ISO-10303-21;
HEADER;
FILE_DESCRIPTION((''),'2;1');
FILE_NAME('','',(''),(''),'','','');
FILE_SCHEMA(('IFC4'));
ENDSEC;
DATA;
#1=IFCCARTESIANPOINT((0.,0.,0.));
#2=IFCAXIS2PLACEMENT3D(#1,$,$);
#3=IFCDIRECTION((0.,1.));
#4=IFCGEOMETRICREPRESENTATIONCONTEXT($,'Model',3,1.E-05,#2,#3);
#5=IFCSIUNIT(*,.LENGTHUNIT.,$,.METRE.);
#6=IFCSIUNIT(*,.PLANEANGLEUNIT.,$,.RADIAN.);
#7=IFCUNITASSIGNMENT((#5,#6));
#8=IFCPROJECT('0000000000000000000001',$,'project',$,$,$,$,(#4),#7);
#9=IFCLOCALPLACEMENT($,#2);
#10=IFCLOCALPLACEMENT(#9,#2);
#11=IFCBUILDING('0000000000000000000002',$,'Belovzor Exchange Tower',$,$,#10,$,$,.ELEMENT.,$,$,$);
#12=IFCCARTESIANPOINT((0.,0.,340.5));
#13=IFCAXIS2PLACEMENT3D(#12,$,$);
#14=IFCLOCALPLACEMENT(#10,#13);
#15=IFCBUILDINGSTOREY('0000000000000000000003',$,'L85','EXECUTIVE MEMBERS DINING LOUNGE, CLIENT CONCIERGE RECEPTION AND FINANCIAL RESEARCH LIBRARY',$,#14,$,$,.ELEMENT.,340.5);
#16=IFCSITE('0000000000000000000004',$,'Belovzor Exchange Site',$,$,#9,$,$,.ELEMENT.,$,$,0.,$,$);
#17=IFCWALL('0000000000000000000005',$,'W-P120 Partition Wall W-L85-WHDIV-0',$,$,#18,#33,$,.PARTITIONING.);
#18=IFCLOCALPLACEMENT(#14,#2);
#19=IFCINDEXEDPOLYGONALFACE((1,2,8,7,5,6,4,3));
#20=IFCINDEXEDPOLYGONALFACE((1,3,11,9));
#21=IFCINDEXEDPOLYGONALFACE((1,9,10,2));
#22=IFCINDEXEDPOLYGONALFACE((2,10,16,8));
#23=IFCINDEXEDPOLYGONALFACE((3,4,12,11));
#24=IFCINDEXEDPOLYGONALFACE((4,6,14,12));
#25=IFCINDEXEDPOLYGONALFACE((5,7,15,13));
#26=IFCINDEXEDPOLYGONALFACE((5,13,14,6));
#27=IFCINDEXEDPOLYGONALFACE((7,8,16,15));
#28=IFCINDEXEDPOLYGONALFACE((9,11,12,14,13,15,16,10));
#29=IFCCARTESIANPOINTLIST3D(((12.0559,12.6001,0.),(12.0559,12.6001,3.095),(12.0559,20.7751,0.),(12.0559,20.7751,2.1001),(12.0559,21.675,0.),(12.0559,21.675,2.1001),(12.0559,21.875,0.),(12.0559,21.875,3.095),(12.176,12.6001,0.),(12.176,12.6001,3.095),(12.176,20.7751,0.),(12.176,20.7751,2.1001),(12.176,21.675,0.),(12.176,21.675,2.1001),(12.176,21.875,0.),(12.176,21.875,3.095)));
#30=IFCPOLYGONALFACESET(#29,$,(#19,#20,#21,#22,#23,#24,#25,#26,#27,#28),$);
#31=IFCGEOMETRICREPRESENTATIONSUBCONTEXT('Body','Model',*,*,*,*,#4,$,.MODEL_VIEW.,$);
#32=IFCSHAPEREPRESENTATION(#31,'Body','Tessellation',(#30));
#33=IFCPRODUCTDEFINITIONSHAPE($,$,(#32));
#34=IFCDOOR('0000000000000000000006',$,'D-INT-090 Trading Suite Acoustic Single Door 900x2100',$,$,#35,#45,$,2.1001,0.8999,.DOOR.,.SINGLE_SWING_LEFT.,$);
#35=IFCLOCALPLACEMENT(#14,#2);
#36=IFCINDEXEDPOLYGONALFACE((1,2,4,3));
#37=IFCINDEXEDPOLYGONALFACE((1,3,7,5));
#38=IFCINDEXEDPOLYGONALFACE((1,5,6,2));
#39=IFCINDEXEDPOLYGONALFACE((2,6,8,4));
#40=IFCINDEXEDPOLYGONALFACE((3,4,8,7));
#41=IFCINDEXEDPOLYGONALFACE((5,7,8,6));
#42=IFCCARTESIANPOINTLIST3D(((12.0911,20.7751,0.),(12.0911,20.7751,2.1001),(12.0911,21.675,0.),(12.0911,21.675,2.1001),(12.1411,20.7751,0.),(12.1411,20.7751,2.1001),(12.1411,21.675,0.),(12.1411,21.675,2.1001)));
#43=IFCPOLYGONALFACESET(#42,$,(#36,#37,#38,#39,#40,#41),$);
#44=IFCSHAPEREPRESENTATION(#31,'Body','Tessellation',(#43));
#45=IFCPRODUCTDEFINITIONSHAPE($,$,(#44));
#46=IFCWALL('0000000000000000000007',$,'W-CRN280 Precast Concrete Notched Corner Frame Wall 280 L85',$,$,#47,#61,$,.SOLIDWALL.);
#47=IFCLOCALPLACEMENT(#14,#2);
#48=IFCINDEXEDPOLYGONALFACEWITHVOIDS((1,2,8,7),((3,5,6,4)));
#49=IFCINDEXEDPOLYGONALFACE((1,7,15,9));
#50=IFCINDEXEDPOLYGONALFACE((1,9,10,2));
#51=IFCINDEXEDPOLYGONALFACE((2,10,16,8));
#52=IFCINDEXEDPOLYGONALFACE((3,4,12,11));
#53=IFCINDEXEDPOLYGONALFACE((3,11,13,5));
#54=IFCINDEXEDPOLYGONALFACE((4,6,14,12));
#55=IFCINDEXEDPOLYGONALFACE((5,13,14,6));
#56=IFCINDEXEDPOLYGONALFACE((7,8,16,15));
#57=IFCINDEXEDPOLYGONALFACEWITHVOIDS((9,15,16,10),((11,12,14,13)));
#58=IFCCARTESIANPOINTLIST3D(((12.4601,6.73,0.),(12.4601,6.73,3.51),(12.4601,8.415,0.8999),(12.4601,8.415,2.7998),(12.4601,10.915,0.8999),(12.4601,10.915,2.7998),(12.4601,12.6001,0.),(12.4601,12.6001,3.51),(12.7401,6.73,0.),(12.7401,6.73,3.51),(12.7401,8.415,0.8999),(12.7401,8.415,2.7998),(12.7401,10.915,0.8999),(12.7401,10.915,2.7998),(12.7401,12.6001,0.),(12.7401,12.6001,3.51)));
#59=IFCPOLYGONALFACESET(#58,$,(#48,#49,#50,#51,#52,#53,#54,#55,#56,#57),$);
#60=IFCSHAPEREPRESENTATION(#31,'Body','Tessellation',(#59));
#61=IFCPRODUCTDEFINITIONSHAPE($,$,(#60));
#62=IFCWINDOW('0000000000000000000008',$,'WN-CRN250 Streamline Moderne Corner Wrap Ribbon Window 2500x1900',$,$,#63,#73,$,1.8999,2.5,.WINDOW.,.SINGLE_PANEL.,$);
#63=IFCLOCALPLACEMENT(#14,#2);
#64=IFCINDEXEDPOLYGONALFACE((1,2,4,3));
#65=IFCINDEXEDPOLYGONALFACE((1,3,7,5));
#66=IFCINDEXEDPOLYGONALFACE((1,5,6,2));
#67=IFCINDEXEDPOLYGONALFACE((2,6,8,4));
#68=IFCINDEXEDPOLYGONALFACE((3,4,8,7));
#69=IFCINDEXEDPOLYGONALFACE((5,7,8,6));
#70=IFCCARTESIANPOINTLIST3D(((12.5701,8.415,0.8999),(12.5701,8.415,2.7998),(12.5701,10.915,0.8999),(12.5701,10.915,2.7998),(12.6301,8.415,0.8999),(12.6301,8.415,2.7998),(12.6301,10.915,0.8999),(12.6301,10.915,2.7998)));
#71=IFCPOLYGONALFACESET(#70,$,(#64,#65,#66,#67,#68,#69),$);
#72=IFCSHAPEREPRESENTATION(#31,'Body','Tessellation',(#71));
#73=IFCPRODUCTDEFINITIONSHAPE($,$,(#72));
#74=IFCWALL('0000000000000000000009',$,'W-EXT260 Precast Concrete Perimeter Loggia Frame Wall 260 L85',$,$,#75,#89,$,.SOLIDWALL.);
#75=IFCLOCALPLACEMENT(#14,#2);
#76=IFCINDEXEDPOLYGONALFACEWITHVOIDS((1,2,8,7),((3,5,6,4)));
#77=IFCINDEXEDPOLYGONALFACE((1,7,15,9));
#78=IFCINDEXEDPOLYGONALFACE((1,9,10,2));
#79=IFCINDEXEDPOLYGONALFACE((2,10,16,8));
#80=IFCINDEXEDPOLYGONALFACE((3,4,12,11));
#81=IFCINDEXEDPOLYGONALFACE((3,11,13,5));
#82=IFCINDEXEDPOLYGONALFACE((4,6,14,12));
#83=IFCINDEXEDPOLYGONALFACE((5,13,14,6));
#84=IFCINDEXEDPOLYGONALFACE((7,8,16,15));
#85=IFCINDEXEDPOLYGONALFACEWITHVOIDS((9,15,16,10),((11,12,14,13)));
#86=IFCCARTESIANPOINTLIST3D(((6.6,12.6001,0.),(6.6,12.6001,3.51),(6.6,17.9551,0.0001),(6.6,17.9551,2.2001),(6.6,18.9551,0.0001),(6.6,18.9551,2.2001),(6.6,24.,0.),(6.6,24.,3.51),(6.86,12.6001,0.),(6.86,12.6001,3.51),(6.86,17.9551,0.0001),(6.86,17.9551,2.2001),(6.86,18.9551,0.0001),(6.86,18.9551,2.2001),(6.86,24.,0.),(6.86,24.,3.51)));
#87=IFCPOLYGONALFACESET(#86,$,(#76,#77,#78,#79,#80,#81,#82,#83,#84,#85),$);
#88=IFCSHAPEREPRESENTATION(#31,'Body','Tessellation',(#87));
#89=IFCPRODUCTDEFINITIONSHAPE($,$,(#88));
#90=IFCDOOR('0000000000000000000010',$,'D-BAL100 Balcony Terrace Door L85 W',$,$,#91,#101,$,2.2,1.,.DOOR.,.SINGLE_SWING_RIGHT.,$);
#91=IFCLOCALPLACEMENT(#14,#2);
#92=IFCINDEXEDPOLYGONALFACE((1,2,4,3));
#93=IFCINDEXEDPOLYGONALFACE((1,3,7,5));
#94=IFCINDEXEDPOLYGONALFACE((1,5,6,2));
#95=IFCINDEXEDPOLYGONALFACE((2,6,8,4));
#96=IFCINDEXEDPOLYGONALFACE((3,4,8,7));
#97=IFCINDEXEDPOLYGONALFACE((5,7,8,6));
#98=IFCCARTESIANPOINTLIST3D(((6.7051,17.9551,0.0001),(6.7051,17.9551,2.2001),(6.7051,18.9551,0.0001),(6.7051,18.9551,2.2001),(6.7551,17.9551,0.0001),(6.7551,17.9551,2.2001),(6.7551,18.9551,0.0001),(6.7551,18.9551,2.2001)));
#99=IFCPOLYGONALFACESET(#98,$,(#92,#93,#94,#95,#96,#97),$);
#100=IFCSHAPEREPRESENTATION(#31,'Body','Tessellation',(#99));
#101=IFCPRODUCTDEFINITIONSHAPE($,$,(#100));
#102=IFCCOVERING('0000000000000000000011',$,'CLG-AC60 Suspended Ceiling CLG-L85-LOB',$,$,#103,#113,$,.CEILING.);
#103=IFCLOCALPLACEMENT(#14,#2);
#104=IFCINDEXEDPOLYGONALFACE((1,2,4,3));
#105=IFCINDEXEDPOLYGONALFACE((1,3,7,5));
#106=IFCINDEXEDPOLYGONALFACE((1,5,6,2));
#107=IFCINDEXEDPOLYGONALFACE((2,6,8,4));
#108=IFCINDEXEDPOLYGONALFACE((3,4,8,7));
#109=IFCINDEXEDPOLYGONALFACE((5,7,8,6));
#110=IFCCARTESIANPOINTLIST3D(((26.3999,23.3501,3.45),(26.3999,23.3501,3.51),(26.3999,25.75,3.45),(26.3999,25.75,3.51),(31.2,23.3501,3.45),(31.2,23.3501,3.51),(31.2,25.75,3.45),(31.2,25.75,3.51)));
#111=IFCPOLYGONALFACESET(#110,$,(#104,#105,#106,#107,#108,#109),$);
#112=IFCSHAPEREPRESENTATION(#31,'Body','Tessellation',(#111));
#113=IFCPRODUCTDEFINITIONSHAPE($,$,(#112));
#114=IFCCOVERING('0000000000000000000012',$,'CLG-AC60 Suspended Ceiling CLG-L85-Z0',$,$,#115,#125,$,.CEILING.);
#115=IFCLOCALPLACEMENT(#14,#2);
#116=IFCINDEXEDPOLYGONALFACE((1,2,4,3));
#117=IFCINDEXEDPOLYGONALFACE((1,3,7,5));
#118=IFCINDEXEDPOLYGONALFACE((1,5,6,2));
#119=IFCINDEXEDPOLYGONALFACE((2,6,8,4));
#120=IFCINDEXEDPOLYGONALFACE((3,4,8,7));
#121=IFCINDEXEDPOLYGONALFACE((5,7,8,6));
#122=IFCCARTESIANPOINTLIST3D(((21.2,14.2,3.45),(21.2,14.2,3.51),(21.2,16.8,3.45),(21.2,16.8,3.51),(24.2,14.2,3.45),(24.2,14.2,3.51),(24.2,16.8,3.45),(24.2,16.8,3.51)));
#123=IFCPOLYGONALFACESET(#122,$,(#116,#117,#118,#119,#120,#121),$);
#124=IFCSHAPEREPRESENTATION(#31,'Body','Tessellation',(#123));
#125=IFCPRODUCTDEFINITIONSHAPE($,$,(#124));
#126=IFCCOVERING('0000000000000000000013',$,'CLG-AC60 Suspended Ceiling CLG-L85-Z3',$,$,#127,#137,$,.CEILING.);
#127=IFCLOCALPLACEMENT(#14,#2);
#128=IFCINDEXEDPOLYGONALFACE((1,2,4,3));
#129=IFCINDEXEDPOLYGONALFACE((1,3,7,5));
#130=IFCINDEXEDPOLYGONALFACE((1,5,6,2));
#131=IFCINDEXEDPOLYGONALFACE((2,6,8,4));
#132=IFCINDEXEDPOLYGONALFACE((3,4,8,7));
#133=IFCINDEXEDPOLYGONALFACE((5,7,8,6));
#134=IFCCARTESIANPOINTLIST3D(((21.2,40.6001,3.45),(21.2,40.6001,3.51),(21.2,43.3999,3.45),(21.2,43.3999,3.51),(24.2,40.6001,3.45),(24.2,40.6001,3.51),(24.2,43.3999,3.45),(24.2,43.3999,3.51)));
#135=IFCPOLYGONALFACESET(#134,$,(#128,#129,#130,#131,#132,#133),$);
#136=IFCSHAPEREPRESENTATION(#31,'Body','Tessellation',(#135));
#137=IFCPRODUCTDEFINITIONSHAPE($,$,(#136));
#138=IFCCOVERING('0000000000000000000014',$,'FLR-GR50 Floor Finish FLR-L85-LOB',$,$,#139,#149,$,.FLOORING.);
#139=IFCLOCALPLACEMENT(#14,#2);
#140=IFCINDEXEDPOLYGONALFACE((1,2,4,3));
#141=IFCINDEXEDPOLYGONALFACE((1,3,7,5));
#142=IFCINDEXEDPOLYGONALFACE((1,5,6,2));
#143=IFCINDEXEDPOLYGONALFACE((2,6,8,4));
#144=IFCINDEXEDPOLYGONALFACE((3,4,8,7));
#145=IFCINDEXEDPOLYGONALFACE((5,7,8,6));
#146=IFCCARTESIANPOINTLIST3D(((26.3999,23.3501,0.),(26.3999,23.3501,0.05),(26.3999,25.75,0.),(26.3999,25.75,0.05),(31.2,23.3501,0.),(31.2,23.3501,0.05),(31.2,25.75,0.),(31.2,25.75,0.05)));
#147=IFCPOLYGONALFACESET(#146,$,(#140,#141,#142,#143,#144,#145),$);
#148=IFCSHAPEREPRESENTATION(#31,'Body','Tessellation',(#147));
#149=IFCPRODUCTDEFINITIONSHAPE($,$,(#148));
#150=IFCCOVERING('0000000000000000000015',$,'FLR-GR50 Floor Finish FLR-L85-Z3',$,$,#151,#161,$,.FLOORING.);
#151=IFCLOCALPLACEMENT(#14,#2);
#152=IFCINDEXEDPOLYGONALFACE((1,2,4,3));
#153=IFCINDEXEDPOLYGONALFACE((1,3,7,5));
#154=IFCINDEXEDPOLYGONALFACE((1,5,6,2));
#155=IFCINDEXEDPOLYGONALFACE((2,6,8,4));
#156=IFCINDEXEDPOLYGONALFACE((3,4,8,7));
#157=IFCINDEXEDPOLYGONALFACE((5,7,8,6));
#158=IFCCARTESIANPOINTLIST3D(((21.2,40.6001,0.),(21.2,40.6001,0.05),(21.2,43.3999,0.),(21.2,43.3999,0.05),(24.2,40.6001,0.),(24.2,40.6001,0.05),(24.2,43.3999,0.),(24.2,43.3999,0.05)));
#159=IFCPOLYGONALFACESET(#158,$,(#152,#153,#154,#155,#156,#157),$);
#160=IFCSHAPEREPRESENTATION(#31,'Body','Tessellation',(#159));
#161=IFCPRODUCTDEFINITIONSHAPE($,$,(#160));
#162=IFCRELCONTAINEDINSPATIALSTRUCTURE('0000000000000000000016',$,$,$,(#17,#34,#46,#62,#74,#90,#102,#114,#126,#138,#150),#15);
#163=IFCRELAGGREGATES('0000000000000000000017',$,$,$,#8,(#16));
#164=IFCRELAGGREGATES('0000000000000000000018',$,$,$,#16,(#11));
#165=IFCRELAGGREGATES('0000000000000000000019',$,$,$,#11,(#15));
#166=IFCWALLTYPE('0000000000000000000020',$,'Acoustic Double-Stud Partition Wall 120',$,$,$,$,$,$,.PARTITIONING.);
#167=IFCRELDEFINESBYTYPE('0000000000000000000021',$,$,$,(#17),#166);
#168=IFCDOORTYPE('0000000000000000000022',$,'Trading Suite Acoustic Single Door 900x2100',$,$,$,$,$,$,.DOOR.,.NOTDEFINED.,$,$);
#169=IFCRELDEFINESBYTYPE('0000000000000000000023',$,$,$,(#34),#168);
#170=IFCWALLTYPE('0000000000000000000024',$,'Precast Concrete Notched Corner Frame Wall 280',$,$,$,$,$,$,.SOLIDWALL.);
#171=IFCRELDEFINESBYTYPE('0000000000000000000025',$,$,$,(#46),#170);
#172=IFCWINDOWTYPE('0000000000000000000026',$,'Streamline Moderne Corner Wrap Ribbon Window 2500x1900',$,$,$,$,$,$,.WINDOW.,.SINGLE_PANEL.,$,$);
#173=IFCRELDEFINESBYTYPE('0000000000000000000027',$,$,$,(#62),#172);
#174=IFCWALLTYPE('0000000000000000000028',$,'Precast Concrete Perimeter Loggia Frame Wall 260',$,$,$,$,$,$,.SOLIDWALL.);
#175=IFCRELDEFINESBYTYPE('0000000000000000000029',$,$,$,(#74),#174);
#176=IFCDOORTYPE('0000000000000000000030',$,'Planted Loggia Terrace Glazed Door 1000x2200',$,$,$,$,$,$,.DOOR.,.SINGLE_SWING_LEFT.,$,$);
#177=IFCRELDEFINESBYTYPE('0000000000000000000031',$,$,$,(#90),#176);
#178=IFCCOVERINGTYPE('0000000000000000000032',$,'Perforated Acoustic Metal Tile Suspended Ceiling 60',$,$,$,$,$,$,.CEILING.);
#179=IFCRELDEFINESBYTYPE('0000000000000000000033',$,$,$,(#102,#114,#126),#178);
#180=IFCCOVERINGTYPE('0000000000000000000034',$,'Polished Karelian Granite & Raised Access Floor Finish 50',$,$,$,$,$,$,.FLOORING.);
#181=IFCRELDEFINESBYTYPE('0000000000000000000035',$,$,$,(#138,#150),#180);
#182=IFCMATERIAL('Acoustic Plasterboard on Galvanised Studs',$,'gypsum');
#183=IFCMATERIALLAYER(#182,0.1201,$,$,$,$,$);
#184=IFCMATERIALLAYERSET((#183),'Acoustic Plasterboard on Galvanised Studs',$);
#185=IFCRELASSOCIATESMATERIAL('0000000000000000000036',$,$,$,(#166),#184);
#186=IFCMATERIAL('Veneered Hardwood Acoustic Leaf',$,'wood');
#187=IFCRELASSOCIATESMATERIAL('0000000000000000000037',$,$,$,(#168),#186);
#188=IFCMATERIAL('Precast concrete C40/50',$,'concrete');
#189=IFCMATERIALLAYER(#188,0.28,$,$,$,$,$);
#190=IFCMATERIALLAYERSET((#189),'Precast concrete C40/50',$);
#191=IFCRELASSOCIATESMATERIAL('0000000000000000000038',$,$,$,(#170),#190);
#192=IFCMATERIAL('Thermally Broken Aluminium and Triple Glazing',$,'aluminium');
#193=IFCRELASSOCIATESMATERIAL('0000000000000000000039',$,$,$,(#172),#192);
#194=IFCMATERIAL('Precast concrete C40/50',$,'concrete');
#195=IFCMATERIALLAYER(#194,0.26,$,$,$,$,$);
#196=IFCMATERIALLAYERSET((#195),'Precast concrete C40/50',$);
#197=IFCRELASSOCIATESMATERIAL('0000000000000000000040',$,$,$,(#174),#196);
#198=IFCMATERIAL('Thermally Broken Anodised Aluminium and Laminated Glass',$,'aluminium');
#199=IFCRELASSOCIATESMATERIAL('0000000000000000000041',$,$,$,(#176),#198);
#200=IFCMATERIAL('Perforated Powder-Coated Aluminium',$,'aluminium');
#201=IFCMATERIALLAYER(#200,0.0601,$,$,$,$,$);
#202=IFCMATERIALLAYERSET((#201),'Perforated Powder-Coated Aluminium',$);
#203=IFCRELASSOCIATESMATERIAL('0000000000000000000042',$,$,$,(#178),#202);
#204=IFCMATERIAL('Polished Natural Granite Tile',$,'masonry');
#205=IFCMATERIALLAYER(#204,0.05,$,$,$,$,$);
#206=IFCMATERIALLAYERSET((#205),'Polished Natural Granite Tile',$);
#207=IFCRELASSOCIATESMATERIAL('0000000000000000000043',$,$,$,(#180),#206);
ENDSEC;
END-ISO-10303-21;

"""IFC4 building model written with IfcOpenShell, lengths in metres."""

from ifc_helpers import new_model, si_unit, direction, frame, frame_2d, origin, place, context, subcontext, project, spatial, polyline, rectangle, outline, extrude, material, layer, layer_set, type_object, element, fill, save


model = new_model("IFC4")

# Units and contexts
model_context = context("Model", 3, precision=1e-05, world=origin(), true_north=direction((0.0, 1.0)))
body_context = subcontext(model_context, "Body", "Model", "MODEL_VIEW")
ifc_project = project(units=[si_unit("LENGTHUNIT", "METRE"), si_unit("PLANEANGLEUNIT", "RADIAN")], contexts=[model_context])

# Site, building, storey
site_placement = place(None, origin())
site = spatial("IfcSite", under=ifc_project, at=site_placement, Name="Belovzor Exchange Site", CompositionType="ELEMENT", RefElevation=0.0)
building_placement = place(site_placement, origin())
building = spatial("IfcBuilding", under=site, at=building_placement, Name="Belovzor Exchange Tower", CompositionType="ELEMENT")
storey_placement = place(building_placement, frame((0.0, 0.0, 340.5)))
storey = spatial("IfcBuildingStorey", under=building, at=storey_placement, Name="L85", Description="EXECUTIVE MEMBERS DINING LOUNGE, CLIENT CONCIERGE RECEPTION AND FINANCIAL RESEARCH LIBRARY", CompositionType="ELEMENT", Elevation=340.5)

# Wall, opening, door
ifc_material_1 = material(Name="Acoustic Plasterboard on Galvanised Studs", Category="gypsum")
ifc_layer_1 = layer(ifc_material_1, 0.1201)
ifc_layer_set_1 = layer_set([ifc_layer_1], Name="Acoustic Plasterboard on Galvanised Studs")
wall_type_1 = type_object("IfcWallType", Name="Acoustic Double-Stud Partition Wall 120", PredefinedType="PARTITIONING", material=ifc_layer_set_1)
wall_1_placement = place(storey_placement, frame((12.116, 12.6001, 0.0), z_axis=(0.0, 0.0, 1.0), x_axis=(0.0, 1.0, 0.0)))
wall_1 = element("IfcWall", 1, at=wall_1_placement, inside=storey, type_object=wall_type_1, Name="W-P120 Partition Wall W-L85-WHDIV-0", PredefinedType="PARTITIONING", context=body_context, shape_type="SweptSolid", body=[
    extrude(rectangle(XDim=9.2749, YDim=0.1201, at=frame_2d((4.6375, 0.0))), origin(), (0.0, 0.0, 1.0), 3.095),
])
opening_1_placement = place(wall_1_placement, frame((8.175, 0.0, 0.0)))
opening_1 = element("IfcOpeningElement", 2, at=opening_1_placement, cuts=wall_1, PredefinedType="OPENING", context=body_context, shape_type="SweptSolid", body=[
    extrude(rectangle(XDim=0.8999, YDim=2.1001, at=frame_2d((0.45, 1.05))), frame((0.0, 0.0701, 0.0), z_axis=(0.0, -1.0, 0.0), x_axis=(1.0, 0.0, 0.0)), (0.0, 0.0, 1.0), 0.1401),
])
ifc_material_2 = material(Name="Veneered Hardwood Acoustic Leaf", Category="wood")
door_type_1 = type_object("IfcDoorType", Name="Trading Suite Acoustic Single Door 900x2100", OperationType="NOTDEFINED", PredefinedType="DOOR", material=ifc_material_2)
door_1_placement = place(opening_1_placement, origin())
door_1 = element("IfcDoor", 3, at=door_1_placement, inside=storey, type_object=door_type_1, Name="D-INT-090 Trading Suite Acoustic Single Door 900x2100", OperationType="SINGLE_SWING_LEFT", OverallHeight=2.1001, OverallWidth=0.8999, PredefinedType="DOOR", context=body_context, shape_type="SweptSolid", body=[
    extrude(rectangle(XDim=0.8999, YDim=2.1001, at=frame_2d((0.45, 1.05))), frame((0.0, 0.0249, 0.0), z_axis=(0.0, -1.0, 0.0), x_axis=(1.0, 0.0, 0.0)), (0.0, 0.0, 1.0), 0.05),
])
fill(opening_1, door_1)

# Wall, opening, window
ifc_material_3 = material(Name="Precast concrete C40/50", Category="concrete")
ifc_layer_2 = layer(ifc_material_3, 0.28)
ifc_layer_set_2 = layer_set([ifc_layer_2], Name="Precast concrete C40/50")
wall_type_2 = type_object("IfcWallType", Name="Precast Concrete Notched Corner Frame Wall 280", PredefinedType="SOLIDWALL", material=ifc_layer_set_2)
wall_2_placement = place(storey_placement, frame((12.6001, 6.73, 0.0), z_axis=(0.0, 0.0, 1.0), x_axis=(0.0, 1.0, 0.0)))
wall_2 = element("IfcWall", 4, at=wall_2_placement, inside=storey, type_object=wall_type_2, Name="W-CRN280 Precast Concrete Notched Corner Frame Wall 280 L85", PredefinedType="SOLIDWALL", context=body_context, shape_type="SweptSolid", body=[
    extrude(rectangle(XDim=5.8701, YDim=0.28, at=frame_2d((2.9351, 0.0))), origin(), (0.0, 0.0, 1.0), 3.51),
])
opening_2_placement = place(wall_2_placement, frame((1.6851, 0.0, 0.8999)))
opening_2 = element("IfcOpeningElement", 5, at=opening_2_placement, cuts=wall_2, PredefinedType="OPENING", context=body_context, shape_type="SweptSolid", body=[
    extrude(rectangle(XDim=2.5, YDim=1.8999, at=frame_2d((1.25, 0.95))), frame((0.0, 0.1499, 0.0), z_axis=(0.0, -1.0, 0.0), x_axis=(1.0, 0.0, 0.0)), (0.0, 0.0, 1.0), 0.3),
])
ifc_material_4 = material(Name="Thermally Broken Aluminium and Triple Glazing", Category="aluminium")
window_type = type_object("IfcWindowType", Name="Streamline Moderne Corner Wrap Ribbon Window 2500x1900", PartitioningType="SINGLE_PANEL", PredefinedType="WINDOW", material=ifc_material_4)
window_placement = place(opening_2_placement, origin())
window = element("IfcWindow", 6, at=window_placement, inside=storey, type_object=window_type, Name="WN-CRN250 Streamline Moderne Corner Wrap Ribbon Window 2500x1900", OverallHeight=1.8999, OverallWidth=2.5, PartitioningType="SINGLE_PANEL", PredefinedType="WINDOW", context=body_context, shape_type="SweptSolid", body=[
    extrude(rectangle(XDim=2.5, YDim=1.8999, at=frame_2d((1.25, 0.95))), frame((0.0, 0.03, 0.0), z_axis=(0.0, -1.0, 0.0), x_axis=(1.0, 0.0, 0.0)), (0.0, 0.0, 1.0), 0.0601),
])
fill(opening_2, window)

# Wall, opening, door
ifc_material_5 = material(Name="Precast concrete C40/50", Category="concrete")
ifc_layer_3 = layer(ifc_material_5, 0.26)
ifc_layer_set_3 = layer_set([ifc_layer_3], Name="Precast concrete C40/50")
wall_type_3 = type_object("IfcWallType", Name="Precast Concrete Perimeter Loggia Frame Wall 260", PredefinedType="SOLIDWALL", material=ifc_layer_set_3)
wall_3_placement = place(storey_placement, frame((6.73, 12.6001, 0.0), z_axis=(0.0, 0.0, 1.0), x_axis=(0.0, 1.0, 0.0)))
wall_3 = element("IfcWall", 7, at=wall_3_placement, inside=storey, type_object=wall_type_3, Name="W-EXT260 Precast Concrete Perimeter Loggia Frame Wall 260 L85", PredefinedType="SOLIDWALL", context=body_context, shape_type="SweptSolid", body=[
    extrude(rectangle(XDim=11.3999, YDim=0.26, at=frame_2d((5.7, 0.0))), origin(), (0.0, 0.0, 1.0), 3.51),
])
opening_3_placement = place(wall_3_placement, frame((5.355, 0.0, 0.0)))
opening_3 = element("IfcOpeningElement", 8, at=opening_3_placement, cuts=wall_3, PredefinedType="OPENING", context=body_context, shape_type="SweptSolid", body=[
    extrude(rectangle(XDim=1.0, YDim=2.2, at=frame_2d((0.5, 1.1001))), frame((0.0, 0.1399, 0.0), z_axis=(0.0, -1.0, 0.0), x_axis=(1.0, 0.0, 0.0)), (0.0, 0.0, 1.0), 0.28),
])
ifc_material_6 = material(Name="Thermally Broken Anodised Aluminium and Laminated Glass", Category="aluminium")
door_type_2 = type_object("IfcDoorType", Name="Planted Loggia Terrace Glazed Door 1000x2200", OperationType="SINGLE_SWING_LEFT", PredefinedType="DOOR", material=ifc_material_6)
door_2_placement = place(opening_3_placement, origin())
door_2 = element("IfcDoor", 9, at=door_2_placement, inside=storey, type_object=door_type_2, Name="D-BAL100 Balcony Terrace Door L85 W", OperationType="SINGLE_SWING_RIGHT", OverallHeight=2.2, OverallWidth=1.0, PredefinedType="DOOR", context=body_context, shape_type="SweptSolid", body=[
    extrude(rectangle(XDim=1.0, YDim=2.2, at=frame_2d((0.5, 1.1001))), frame((0.0, 0.0249, 0.0), z_axis=(0.0, -1.0, 0.0), x_axis=(1.0, 0.0, 0.0)), (0.0, 0.0, 1.0), 0.05),
])
fill(opening_3, door_2)

# Coverings
ifc_material_7 = material(Name="Perforated Powder-Coated Aluminium", Category="aluminium")
ifc_layer_4 = layer(ifc_material_7, 0.0601)
ifc_layer_set_4 = layer_set([ifc_layer_4], Name="Perforated Powder-Coated Aluminium")
covering_type_1 = type_object("IfcCoveringType", Name="Perforated Acoustic Metal Tile Suspended Ceiling 60", PredefinedType="CEILING", material=ifc_layer_set_4)
covering_1_placement = place(storey_placement, frame((0.0, 0.0, 3.45)))
element("IfcCovering", 10, at=covering_1_placement, inside=storey, type_object=covering_type_1, Name="CLG-AC60 Suspended Ceiling CLG-L85-LOB", PredefinedType="CEILING", context=body_context, shape_type="SweptSolid", body=[
    extrude(outline(polyline([(26.3999, 23.3501), (31.2, 23.3501), (31.2, 25.75), (26.3999, 25.75), (26.3999, 23.3501)])), origin(), (0.0, 0.0, 1.0), 0.0601),
])
covering_2_placement = place(storey_placement, frame((0.0, 0.0, 3.45)))
element("IfcCovering", 11, at=covering_2_placement, inside=storey, type_object=covering_type_1, Name="CLG-AC60 Suspended Ceiling CLG-L85-Z0", PredefinedType="CEILING", context=body_context, shape_type="SweptSolid", body=[
    extrude(outline(polyline([(21.2, 14.2), (24.2, 14.2), (24.2, 16.8), (21.2, 16.8), (21.2, 14.2)])), origin(), (0.0, 0.0, 1.0), 0.0601),
])
covering_3_placement = place(storey_placement, frame((0.0, 0.0, 3.45)))
element("IfcCovering", 12, at=covering_3_placement, inside=storey, type_object=covering_type_1, Name="CLG-AC60 Suspended Ceiling CLG-L85-Z3", PredefinedType="CEILING", context=body_context, shape_type="SweptSolid", body=[
    extrude(outline(polyline([(21.2, 40.6001), (24.2, 40.6001), (24.2, 43.3999), (21.2, 43.3999), (21.2, 40.6001)])), origin(), (0.0, 0.0, 1.0), 0.0601),
])
ifc_material_8 = material(Name="Polished Natural Granite Tile", Category="masonry")
ifc_layer_5 = layer(ifc_material_8, 0.05)
ifc_layer_set_5 = layer_set([ifc_layer_5], Name="Polished Natural Granite Tile")
covering_type_2 = type_object("IfcCoveringType", Name="Polished Karelian Granite & Raised Access Floor Finish 50", PredefinedType="FLOORING", material=ifc_layer_set_5)
covering_4_placement = place(storey_placement, origin())
element("IfcCovering", 13, at=covering_4_placement, inside=storey, type_object=covering_type_2, Name="FLR-GR50 Floor Finish FLR-L85-LOB", PredefinedType="FLOORING", context=body_context, shape_type="SweptSolid", body=[
    extrude(outline(polyline([(26.3999, 23.3501), (31.2, 23.3501), (31.2, 25.75), (26.3999, 25.75), (26.3999, 23.3501)])), origin(), (0.0, 0.0, 1.0), 0.05),
])
covering_5_placement = place(storey_placement, origin())
element("IfcCovering", 14, at=covering_5_placement, inside=storey, type_object=covering_type_2, Name="FLR-GR50 Floor Finish FLR-L85-Z3", PredefinedType="FLOORING", context=body_context, shape_type="SweptSolid", body=[
    extrude(outline(polyline([(21.2, 40.6001), (24.2, 40.6001), (24.2, 43.3999), (21.2, 43.3999), (21.2, 40.6001)])), origin(), (0.0, 0.0, 1.0), 0.05),
])

save(model, "model.ifc")
